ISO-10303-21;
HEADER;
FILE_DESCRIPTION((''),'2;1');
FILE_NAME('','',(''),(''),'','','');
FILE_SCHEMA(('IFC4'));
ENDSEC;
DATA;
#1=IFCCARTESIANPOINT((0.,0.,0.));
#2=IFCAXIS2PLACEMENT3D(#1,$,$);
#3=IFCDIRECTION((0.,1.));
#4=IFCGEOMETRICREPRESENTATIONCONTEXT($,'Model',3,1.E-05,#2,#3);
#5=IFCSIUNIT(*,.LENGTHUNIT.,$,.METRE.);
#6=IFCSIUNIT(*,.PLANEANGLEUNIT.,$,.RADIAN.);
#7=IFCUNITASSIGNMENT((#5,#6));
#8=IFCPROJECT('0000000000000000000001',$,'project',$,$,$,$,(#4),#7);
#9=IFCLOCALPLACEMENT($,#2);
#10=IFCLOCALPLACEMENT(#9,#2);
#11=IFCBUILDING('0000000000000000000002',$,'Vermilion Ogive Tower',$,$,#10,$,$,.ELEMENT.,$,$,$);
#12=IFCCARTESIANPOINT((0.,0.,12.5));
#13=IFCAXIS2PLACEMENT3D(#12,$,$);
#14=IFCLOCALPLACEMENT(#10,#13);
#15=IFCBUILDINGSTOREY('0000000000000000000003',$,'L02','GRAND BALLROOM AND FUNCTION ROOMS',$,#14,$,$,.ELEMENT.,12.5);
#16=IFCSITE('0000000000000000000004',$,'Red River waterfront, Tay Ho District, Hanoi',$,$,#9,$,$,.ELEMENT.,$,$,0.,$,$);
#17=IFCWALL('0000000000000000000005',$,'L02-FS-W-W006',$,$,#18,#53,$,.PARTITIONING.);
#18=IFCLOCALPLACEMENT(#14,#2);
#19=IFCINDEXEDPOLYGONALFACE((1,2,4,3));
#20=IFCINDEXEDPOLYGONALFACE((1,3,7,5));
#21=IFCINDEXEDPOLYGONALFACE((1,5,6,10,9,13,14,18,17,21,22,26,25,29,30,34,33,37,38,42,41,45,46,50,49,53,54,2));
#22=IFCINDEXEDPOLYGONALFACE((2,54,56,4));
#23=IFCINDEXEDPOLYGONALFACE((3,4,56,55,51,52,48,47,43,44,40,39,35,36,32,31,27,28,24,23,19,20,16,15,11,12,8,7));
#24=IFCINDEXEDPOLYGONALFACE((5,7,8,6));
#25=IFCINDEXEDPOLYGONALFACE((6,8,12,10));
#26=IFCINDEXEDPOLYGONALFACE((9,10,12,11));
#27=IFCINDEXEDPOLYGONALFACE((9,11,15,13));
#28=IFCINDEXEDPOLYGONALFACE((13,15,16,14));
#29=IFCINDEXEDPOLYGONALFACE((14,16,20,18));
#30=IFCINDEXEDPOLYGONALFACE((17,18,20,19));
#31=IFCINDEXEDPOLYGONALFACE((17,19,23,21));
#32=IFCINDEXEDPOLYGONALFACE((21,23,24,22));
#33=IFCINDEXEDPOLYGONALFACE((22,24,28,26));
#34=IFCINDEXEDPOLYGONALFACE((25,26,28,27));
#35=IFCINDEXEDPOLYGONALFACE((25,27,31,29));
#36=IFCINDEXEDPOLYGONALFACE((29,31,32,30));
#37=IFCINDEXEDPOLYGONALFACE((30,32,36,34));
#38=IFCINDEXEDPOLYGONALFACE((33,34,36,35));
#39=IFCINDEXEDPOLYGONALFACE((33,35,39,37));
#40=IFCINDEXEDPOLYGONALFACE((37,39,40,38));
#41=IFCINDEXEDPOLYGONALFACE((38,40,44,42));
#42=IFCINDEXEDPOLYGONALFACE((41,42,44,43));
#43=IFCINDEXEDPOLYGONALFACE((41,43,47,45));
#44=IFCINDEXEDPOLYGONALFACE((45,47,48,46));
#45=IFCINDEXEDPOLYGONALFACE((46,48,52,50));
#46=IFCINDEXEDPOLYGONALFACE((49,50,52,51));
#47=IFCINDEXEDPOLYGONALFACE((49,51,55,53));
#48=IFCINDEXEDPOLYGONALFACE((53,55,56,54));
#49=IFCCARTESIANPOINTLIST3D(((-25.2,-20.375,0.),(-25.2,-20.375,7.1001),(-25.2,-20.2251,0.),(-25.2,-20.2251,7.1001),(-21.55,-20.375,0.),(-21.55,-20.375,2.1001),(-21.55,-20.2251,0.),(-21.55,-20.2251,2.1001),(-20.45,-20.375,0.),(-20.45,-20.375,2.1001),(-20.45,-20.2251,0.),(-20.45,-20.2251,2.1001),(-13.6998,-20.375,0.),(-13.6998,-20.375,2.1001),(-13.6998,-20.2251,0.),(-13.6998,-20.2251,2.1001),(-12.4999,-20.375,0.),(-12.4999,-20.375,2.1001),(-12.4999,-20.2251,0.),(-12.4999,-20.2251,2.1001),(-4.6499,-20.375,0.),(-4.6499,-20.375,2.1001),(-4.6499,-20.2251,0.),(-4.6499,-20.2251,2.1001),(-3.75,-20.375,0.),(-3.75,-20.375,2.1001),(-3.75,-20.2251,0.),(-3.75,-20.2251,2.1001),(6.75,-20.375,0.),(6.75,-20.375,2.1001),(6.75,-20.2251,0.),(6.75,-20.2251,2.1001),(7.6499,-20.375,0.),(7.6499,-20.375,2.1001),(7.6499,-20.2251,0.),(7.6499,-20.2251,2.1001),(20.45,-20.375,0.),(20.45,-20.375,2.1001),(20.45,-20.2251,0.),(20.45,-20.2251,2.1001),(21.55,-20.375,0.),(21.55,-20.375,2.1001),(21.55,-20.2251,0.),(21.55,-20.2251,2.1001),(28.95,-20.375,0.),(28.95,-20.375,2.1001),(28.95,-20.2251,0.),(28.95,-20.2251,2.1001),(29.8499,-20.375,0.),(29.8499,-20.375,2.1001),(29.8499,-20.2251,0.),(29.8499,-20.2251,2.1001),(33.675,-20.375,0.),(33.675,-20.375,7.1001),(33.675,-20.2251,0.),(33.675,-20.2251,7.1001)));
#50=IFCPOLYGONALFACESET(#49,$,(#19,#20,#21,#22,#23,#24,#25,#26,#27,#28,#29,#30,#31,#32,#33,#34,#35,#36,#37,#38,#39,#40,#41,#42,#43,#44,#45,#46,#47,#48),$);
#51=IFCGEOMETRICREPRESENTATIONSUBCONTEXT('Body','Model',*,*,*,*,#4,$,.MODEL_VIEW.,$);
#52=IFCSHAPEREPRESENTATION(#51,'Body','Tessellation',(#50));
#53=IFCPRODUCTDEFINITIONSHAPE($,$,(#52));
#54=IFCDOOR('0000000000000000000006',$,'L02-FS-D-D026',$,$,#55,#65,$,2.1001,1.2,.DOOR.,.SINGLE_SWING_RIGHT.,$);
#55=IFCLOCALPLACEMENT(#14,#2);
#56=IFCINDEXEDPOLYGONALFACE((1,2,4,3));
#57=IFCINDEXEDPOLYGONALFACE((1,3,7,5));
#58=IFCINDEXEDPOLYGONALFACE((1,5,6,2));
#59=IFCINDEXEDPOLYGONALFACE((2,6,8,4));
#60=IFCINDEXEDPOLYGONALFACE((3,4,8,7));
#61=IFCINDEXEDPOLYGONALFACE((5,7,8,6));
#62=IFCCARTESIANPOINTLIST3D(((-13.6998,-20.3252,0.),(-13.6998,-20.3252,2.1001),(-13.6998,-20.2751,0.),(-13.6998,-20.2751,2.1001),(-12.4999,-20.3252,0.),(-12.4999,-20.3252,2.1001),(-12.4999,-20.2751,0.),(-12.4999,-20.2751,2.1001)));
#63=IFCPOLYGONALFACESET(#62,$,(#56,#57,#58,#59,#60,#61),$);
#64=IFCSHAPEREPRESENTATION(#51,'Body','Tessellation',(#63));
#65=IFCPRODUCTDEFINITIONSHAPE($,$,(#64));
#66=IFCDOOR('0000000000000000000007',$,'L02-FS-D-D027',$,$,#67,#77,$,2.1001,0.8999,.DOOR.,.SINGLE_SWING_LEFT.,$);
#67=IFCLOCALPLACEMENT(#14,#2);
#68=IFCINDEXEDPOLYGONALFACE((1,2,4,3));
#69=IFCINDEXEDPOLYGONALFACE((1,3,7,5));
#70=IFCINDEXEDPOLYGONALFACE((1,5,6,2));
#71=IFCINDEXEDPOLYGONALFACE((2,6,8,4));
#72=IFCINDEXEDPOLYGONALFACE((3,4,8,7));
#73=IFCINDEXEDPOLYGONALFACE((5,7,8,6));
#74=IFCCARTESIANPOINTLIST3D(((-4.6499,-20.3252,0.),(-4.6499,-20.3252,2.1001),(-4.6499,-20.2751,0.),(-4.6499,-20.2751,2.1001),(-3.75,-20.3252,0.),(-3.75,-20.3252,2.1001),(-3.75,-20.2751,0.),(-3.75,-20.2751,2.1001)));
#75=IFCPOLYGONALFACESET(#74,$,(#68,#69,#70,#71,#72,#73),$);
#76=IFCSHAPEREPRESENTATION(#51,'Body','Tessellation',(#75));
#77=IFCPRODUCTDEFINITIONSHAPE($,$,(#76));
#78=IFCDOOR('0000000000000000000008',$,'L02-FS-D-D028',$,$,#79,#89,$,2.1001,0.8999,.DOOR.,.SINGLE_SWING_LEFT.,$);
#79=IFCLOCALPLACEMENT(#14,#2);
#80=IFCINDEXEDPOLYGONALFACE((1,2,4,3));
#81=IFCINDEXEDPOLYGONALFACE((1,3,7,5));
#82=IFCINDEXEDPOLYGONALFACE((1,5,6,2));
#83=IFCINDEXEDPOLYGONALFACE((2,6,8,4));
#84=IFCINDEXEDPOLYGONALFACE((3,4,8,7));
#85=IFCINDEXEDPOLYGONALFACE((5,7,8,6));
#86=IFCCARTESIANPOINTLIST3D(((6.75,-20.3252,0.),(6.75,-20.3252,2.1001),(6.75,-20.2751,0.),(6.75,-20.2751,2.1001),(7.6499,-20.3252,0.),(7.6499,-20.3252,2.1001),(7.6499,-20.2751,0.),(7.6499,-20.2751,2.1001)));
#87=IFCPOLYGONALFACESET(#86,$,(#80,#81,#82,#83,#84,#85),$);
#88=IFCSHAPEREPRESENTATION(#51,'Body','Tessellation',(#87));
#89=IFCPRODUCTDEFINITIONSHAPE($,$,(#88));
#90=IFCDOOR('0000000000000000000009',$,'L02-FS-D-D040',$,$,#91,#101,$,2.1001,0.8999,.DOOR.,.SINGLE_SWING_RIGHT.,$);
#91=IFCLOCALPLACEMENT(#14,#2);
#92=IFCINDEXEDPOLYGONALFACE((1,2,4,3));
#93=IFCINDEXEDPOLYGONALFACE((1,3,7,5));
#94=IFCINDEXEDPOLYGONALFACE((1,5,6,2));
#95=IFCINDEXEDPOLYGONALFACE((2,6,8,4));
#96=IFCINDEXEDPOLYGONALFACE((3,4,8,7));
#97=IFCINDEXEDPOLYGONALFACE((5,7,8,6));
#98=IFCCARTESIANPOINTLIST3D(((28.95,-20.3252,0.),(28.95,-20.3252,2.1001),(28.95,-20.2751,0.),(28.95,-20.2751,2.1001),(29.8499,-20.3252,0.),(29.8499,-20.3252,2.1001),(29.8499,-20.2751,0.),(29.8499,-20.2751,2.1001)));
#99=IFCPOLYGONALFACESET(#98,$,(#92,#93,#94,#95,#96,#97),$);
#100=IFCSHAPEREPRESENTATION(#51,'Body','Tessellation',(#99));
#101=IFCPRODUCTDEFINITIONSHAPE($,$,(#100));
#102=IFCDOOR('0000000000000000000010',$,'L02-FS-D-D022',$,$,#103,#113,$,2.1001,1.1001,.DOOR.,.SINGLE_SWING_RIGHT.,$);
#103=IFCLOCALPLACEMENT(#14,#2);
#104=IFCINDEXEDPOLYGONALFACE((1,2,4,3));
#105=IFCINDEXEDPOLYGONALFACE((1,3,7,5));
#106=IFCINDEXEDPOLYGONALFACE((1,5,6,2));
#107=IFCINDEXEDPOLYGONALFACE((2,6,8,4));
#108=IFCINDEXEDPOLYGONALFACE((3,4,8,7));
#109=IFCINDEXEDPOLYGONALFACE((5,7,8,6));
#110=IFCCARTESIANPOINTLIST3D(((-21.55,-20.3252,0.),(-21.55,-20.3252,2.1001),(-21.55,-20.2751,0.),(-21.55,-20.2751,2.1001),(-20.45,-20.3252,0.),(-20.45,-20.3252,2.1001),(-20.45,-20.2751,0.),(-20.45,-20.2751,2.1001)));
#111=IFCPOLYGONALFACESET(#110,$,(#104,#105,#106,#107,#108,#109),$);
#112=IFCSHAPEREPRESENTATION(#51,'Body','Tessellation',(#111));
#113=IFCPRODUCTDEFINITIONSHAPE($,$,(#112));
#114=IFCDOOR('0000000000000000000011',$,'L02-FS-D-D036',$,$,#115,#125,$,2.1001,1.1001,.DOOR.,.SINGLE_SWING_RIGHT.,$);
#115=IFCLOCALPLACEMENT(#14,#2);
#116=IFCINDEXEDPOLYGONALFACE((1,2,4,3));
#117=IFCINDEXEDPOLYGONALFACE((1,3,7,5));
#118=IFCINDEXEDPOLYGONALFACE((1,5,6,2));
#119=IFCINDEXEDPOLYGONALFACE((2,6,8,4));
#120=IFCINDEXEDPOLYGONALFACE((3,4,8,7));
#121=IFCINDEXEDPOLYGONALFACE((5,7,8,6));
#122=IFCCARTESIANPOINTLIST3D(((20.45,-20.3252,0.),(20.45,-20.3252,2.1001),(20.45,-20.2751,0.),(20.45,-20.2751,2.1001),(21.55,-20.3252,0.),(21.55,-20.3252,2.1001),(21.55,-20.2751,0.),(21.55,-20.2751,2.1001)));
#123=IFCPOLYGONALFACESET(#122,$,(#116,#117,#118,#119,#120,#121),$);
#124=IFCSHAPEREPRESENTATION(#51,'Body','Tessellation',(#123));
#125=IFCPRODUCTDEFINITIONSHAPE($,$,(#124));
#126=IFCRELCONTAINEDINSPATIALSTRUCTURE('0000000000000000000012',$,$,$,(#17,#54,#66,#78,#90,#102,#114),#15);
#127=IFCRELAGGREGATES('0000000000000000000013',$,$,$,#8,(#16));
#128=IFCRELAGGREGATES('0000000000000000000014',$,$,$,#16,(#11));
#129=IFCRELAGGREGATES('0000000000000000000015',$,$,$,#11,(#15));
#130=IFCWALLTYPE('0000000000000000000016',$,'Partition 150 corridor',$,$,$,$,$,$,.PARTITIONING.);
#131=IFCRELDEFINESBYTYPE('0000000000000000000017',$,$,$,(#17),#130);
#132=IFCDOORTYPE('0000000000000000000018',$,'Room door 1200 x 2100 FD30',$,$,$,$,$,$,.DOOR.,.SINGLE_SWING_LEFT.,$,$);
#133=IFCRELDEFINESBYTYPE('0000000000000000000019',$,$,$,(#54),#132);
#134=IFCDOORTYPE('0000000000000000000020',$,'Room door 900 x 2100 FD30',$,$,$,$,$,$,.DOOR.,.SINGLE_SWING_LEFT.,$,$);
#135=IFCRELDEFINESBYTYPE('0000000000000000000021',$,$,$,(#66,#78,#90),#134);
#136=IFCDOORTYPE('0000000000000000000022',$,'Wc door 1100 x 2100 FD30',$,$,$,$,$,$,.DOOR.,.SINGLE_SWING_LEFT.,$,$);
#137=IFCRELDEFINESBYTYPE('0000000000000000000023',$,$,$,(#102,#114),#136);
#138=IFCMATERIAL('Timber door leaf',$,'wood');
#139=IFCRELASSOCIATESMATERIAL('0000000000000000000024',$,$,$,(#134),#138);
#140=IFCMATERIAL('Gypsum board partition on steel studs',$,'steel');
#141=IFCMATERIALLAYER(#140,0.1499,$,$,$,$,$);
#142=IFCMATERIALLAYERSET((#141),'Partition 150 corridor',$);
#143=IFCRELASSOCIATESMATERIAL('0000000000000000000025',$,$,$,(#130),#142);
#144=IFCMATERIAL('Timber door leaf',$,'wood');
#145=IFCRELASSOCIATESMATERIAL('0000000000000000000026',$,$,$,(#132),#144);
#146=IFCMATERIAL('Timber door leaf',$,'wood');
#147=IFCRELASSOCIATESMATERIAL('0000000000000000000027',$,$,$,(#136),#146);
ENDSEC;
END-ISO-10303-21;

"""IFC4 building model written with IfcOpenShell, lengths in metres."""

from ifc_helpers import new_model, si_unit, direction, frame, frame_2d, origin, place, context, subcontext, project, spatial, rectangle, extrude, material, layer, layer_set, type_object, element, fill, save


model = new_model("IFC4")

# Units and contexts
model_context = context("Model", 3, precision=1e-05, world=origin(), true_north=direction((0.0, 1.0)))
body_context = subcontext(model_context, "Body", "Model", "MODEL_VIEW")
ifc_project = project(units=[si_unit("LENGTHUNIT", "METRE"), si_unit("PLANEANGLEUNIT", "RADIAN")], contexts=[model_context])

# Site, building, storey
site_placement = place(None, origin())
site = spatial("IfcSite", under=ifc_project, at=site_placement, Name="Red River waterfront, Tay Ho District, Hanoi", CompositionType="ELEMENT", RefElevation=0.0)
building_placement = place(site_placement, origin())
building = spatial("IfcBuilding", under=site, at=building_placement, Name="Vermilion Ogive Tower", CompositionType="ELEMENT")
storey_placement = place(building_placement, frame((0.0, 0.0, 12.5)))
storey = spatial("IfcBuildingStorey", under=building, at=storey_placement, Name="L02", Description="GRAND BALLROOM AND FUNCTION ROOMS", CompositionType="ELEMENT", Elevation=12.5)

# Wall, openings, doors
ifc_material_1 = material(Name="Timber door leaf", Category="wood")
door_type_1 = type_object("IfcDoorType", Name="Room door 900 x 2100 FD30", OperationType="SINGLE_SWING_LEFT", PredefinedType="DOOR", material=ifc_material_1)
ifc_material_2 = material(Name="Gypsum board partition on steel studs", Category="steel")
ifc_layer_1 = layer(ifc_material_2, 0.1499)
ifc_layer_set_1 = layer_set([ifc_layer_1], Name="Partition 150 corridor")
wall_type_1 = type_object("IfcWallType", Name="Partition 150 corridor", PredefinedType="PARTITIONING", material=ifc_layer_set_1)
wall_1_placement = place(storey_placement, frame((-25.2, -20.3, 0.0), z_axis=(0.0, 0.0, 1.0), x_axis=(1.0, 0.0, 0.0)))
wall_1 = element("IfcWall", 1, at=wall_1_placement, inside=storey, type_object=wall_type_1, Name="L02-FS-W-W006", PredefinedType="PARTITIONING", context=body_context, shape_type="SweptSolid", body=[
    extrude(rectangle(XDim=58.875, YDim=0.1499, at=frame_2d((29.4375, 0.0))), origin(), (0.0, 0.0, 1.0), 7.1001),
])
opening_1_placement = place(wall_1_placement, frame((3.6499, 0.0, 0.0)))
opening_1 = element("IfcOpeningElement", 2, at=opening_1_placement, cuts=wall_1, PredefinedType="OPENING", context=body_context, shape_type="SweptSolid", body=[
    extrude(rectangle(XDim=1.1001, YDim=2.1001, at=frame_2d((0.55, 1.05))), frame((0.0, 0.085, 0.0), z_axis=(0.0, -1.0, 0.0), x_axis=(1.0, 0.0, 0.0)), (0.0, 0.0, 1.0), 0.1699),
])
opening_2_placement = place(wall_1_placement, frame((11.5, 0.0, 0.0)))
opening_2 = element("IfcOpeningElement", 3, at=opening_2_placement, cuts=wall_1, PredefinedType="OPENING", context=body_context, shape_type="SweptSolid", body=[
    extrude(rectangle(XDim=1.2, YDim=2.1001, at=frame_2d((0.6001, 1.05))), frame((0.0, 0.085, 0.0), z_axis=(0.0, -1.0, 0.0), x_axis=(1.0, 0.0, 0.0)), (0.0, 0.0, 1.0), 0.1699),
])
opening_3_placement = place(wall_1_placement, frame((20.55, 0.0, 0.0)))
opening_3 = element("IfcOpeningElement", 4, at=opening_3_placement, cuts=wall_1, PredefinedType="OPENING", context=body_context, shape_type="SweptSolid", body=[
    extrude(rectangle(XDim=0.8999, YDim=2.1001, at=frame_2d((0.45, 1.05))), frame((0.0, 0.085, 0.0), z_axis=(0.0, -1.0, 0.0), x_axis=(1.0, 0.0, 0.0)), (0.0, 0.0, 1.0), 0.1699),
])
opening_4_placement = place(wall_1_placement, frame((31.95, 0.0, 0.0)))
opening_4 = element("IfcOpeningElement", 5, at=opening_4_placement, cuts=wall_1, PredefinedType="OPENING", context=body_context, shape_type="SweptSolid", body=[
    extrude(rectangle(XDim=0.8999, YDim=2.1001, at=frame_2d((0.45, 1.05))), frame((0.0, 0.085, 0.0), z_axis=(0.0, -1.0, 0.0), x_axis=(1.0, 0.0, 0.0)), (0.0, 0.0, 1.0), 0.1699),
])
opening_5_placement = place(wall_1_placement, frame((45.6499, 0.0, 0.0)))
opening_5 = element("IfcOpeningElement", 6, at=opening_5_placement, cuts=wall_1, PredefinedType="OPENING", context=body_context, shape_type="SweptSolid", body=[
    extrude(rectangle(XDim=1.1001, YDim=2.1001, at=frame_2d((0.55, 1.05))), frame((0.0, 0.085, 0.0), z_axis=(0.0, -1.0, 0.0), x_axis=(1.0, 0.0, 0.0)), (0.0, 0.0, 1.0), 0.1699),
])
opening_6_placement = place(wall_1_placement, frame((54.1499, 0.0, 0.0)))
opening_6 = element("IfcOpeningElement", 7, at=opening_6_placement, cuts=wall_1, PredefinedType="OPENING", context=body_context, shape_type="SweptSolid", body=[
    extrude(rectangle(XDim=0.8999, YDim=2.1001, at=frame_2d((0.45, 1.05))), frame((0.0, 0.085, 0.0), z_axis=(0.0, -1.0, 0.0), x_axis=(1.0, 0.0, 0.0)), (0.0, 0.0, 1.0), 0.1699),
])
ifc_material_3 = material(Name="Timber door leaf", Category="wood")
door_type_2 = type_object("IfcDoorType", Name="Room door 1200 x 2100 FD30", OperationType="SINGLE_SWING_LEFT", PredefinedType="DOOR", material=ifc_material_3)
door_1_placement = place(opening_2_placement, origin())
door_1 = element("IfcDoor", 8, at=door_1_placement, inside=storey, type_object=door_type_2, Name="L02-FS-D-D026", OperationType="SINGLE_SWING_RIGHT", OverallHeight=2.1001, OverallWidth=1.2, PredefinedType="DOOR", context=body_context, shape_type="SweptSolid", body=[
    extrude(rectangle(XDim=1.2, YDim=2.1001, at=frame_2d((0.6001, 1.05))), frame((0.0, 0.0249, 0.0), z_axis=(0.0, -1.0, 0.0), x_axis=(1.0, 0.0, 0.0)), (0.0, 0.0, 1.0), 0.05),
])
fill(opening_2, door_1)
door_2_placement = place(opening_3_placement, origin())
door_2 = element("IfcDoor", 9, at=door_2_placement, inside=storey, type_object=door_type_1, Name="L02-FS-D-D027", OperationType="SINGLE_SWING_LEFT", OverallHeight=2.1001, OverallWidth=0.8999, PredefinedType="DOOR", context=body_context, shape_type="SweptSolid", body=[
    extrude(rectangle(XDim=0.8999, YDim=2.1001, at=frame_2d((0.45, 1.05))), frame((0.0, 0.0249, 0.0), z_axis=(0.0, -1.0, 0.0), x_axis=(1.0, 0.0, 0.0)), (0.0, 0.0, 1.0), 0.05),
])
fill(opening_3, door_2)
door_3_placement = place(opening_4_placement, origin())
door_3 = element("IfcDoor", 10, at=door_3_placement, inside=storey, type_object=door_type_1, Name="L02-FS-D-D028", OperationType="SINGLE_SWING_LEFT", OverallHeight=2.1001, OverallWidth=0.8999, PredefinedType="DOOR", context=body_context, shape_type="SweptSolid", body=[
    extrude(rectangle(XDim=0.8999, YDim=2.1001, at=frame_2d((0.45, 1.05))), frame((0.0, 0.0249, 0.0), z_axis=(0.0, -1.0, 0.0), x_axis=(1.0, 0.0, 0.0)), (0.0, 0.0, 1.0), 0.05),
])
fill(opening_4, door_3)
door_4_placement = place(opening_6_placement, origin())
door_4 = element("IfcDoor", 11, at=door_4_placement, inside=storey, type_object=door_type_1, Name="L02-FS-D-D040", OperationType="SINGLE_SWING_RIGHT", OverallHeight=2.1001, OverallWidth=0.8999, PredefinedType="DOOR", context=body_context, shape_type="SweptSolid", body=[
    extrude(rectangle(XDim=0.8999, YDim=2.1001, at=frame_2d((0.45, 1.05))), frame((0.0, 0.0249, 0.0), z_axis=(0.0, -1.0, 0.0), x_axis=(1.0, 0.0, 0.0)), (0.0, 0.0, 1.0), 0.05),
])
fill(opening_6, door_4)
ifc_material_4 = material(Name="Timber door leaf", Category="wood")
door_type_3 = type_object("IfcDoorType", Name="Wc door 1100 x 2100 FD30", OperationType="SINGLE_SWING_LEFT", PredefinedType="DOOR", material=ifc_material_4)
door_5_placement = place(opening_1_placement, origin())
door_5 = element("IfcDoor", 12, at=door_5_placement, inside=storey, type_object=door_type_3, Name="L02-FS-D-D022", OperationType="SINGLE_SWING_RIGHT", OverallHeight=2.1001, OverallWidth=1.1001, PredefinedType="DOOR", context=body_context, shape_type="SweptSolid", body=[
    extrude(rectangle(XDim=1.1001, YDim=2.1001, at=frame_2d((0.55, 1.05))), frame((0.0, 0.0249, 0.0), z_axis=(0.0, -1.0, 0.0), x_axis=(1.0, 0.0, 0.0)), (0.0, 0.0, 1.0), 0.05),
])
fill(opening_1, door_5)
door_6_placement = place(opening_5_placement, origin())
door_6 = element("IfcDoor", 13, at=door_6_placement, inside=storey, type_object=door_type_3, Name="L02-FS-D-D036", OperationType="SINGLE_SWING_RIGHT", OverallHeight=2.1001, OverallWidth=1.1001, PredefinedType="DOOR", context=body_context, shape_type="SweptSolid", body=[
    extrude(rectangle(XDim=1.1001, YDim=2.1001, at=frame_2d((0.55, 1.05))), frame((0.0, 0.0249, 0.0), z_axis=(0.0, -1.0, 0.0), x_axis=(1.0, 0.0, 0.0)), (0.0, 0.0, 1.0), 0.05),
])
fill(opening_5, door_6)

save(model, "model.ifc")
